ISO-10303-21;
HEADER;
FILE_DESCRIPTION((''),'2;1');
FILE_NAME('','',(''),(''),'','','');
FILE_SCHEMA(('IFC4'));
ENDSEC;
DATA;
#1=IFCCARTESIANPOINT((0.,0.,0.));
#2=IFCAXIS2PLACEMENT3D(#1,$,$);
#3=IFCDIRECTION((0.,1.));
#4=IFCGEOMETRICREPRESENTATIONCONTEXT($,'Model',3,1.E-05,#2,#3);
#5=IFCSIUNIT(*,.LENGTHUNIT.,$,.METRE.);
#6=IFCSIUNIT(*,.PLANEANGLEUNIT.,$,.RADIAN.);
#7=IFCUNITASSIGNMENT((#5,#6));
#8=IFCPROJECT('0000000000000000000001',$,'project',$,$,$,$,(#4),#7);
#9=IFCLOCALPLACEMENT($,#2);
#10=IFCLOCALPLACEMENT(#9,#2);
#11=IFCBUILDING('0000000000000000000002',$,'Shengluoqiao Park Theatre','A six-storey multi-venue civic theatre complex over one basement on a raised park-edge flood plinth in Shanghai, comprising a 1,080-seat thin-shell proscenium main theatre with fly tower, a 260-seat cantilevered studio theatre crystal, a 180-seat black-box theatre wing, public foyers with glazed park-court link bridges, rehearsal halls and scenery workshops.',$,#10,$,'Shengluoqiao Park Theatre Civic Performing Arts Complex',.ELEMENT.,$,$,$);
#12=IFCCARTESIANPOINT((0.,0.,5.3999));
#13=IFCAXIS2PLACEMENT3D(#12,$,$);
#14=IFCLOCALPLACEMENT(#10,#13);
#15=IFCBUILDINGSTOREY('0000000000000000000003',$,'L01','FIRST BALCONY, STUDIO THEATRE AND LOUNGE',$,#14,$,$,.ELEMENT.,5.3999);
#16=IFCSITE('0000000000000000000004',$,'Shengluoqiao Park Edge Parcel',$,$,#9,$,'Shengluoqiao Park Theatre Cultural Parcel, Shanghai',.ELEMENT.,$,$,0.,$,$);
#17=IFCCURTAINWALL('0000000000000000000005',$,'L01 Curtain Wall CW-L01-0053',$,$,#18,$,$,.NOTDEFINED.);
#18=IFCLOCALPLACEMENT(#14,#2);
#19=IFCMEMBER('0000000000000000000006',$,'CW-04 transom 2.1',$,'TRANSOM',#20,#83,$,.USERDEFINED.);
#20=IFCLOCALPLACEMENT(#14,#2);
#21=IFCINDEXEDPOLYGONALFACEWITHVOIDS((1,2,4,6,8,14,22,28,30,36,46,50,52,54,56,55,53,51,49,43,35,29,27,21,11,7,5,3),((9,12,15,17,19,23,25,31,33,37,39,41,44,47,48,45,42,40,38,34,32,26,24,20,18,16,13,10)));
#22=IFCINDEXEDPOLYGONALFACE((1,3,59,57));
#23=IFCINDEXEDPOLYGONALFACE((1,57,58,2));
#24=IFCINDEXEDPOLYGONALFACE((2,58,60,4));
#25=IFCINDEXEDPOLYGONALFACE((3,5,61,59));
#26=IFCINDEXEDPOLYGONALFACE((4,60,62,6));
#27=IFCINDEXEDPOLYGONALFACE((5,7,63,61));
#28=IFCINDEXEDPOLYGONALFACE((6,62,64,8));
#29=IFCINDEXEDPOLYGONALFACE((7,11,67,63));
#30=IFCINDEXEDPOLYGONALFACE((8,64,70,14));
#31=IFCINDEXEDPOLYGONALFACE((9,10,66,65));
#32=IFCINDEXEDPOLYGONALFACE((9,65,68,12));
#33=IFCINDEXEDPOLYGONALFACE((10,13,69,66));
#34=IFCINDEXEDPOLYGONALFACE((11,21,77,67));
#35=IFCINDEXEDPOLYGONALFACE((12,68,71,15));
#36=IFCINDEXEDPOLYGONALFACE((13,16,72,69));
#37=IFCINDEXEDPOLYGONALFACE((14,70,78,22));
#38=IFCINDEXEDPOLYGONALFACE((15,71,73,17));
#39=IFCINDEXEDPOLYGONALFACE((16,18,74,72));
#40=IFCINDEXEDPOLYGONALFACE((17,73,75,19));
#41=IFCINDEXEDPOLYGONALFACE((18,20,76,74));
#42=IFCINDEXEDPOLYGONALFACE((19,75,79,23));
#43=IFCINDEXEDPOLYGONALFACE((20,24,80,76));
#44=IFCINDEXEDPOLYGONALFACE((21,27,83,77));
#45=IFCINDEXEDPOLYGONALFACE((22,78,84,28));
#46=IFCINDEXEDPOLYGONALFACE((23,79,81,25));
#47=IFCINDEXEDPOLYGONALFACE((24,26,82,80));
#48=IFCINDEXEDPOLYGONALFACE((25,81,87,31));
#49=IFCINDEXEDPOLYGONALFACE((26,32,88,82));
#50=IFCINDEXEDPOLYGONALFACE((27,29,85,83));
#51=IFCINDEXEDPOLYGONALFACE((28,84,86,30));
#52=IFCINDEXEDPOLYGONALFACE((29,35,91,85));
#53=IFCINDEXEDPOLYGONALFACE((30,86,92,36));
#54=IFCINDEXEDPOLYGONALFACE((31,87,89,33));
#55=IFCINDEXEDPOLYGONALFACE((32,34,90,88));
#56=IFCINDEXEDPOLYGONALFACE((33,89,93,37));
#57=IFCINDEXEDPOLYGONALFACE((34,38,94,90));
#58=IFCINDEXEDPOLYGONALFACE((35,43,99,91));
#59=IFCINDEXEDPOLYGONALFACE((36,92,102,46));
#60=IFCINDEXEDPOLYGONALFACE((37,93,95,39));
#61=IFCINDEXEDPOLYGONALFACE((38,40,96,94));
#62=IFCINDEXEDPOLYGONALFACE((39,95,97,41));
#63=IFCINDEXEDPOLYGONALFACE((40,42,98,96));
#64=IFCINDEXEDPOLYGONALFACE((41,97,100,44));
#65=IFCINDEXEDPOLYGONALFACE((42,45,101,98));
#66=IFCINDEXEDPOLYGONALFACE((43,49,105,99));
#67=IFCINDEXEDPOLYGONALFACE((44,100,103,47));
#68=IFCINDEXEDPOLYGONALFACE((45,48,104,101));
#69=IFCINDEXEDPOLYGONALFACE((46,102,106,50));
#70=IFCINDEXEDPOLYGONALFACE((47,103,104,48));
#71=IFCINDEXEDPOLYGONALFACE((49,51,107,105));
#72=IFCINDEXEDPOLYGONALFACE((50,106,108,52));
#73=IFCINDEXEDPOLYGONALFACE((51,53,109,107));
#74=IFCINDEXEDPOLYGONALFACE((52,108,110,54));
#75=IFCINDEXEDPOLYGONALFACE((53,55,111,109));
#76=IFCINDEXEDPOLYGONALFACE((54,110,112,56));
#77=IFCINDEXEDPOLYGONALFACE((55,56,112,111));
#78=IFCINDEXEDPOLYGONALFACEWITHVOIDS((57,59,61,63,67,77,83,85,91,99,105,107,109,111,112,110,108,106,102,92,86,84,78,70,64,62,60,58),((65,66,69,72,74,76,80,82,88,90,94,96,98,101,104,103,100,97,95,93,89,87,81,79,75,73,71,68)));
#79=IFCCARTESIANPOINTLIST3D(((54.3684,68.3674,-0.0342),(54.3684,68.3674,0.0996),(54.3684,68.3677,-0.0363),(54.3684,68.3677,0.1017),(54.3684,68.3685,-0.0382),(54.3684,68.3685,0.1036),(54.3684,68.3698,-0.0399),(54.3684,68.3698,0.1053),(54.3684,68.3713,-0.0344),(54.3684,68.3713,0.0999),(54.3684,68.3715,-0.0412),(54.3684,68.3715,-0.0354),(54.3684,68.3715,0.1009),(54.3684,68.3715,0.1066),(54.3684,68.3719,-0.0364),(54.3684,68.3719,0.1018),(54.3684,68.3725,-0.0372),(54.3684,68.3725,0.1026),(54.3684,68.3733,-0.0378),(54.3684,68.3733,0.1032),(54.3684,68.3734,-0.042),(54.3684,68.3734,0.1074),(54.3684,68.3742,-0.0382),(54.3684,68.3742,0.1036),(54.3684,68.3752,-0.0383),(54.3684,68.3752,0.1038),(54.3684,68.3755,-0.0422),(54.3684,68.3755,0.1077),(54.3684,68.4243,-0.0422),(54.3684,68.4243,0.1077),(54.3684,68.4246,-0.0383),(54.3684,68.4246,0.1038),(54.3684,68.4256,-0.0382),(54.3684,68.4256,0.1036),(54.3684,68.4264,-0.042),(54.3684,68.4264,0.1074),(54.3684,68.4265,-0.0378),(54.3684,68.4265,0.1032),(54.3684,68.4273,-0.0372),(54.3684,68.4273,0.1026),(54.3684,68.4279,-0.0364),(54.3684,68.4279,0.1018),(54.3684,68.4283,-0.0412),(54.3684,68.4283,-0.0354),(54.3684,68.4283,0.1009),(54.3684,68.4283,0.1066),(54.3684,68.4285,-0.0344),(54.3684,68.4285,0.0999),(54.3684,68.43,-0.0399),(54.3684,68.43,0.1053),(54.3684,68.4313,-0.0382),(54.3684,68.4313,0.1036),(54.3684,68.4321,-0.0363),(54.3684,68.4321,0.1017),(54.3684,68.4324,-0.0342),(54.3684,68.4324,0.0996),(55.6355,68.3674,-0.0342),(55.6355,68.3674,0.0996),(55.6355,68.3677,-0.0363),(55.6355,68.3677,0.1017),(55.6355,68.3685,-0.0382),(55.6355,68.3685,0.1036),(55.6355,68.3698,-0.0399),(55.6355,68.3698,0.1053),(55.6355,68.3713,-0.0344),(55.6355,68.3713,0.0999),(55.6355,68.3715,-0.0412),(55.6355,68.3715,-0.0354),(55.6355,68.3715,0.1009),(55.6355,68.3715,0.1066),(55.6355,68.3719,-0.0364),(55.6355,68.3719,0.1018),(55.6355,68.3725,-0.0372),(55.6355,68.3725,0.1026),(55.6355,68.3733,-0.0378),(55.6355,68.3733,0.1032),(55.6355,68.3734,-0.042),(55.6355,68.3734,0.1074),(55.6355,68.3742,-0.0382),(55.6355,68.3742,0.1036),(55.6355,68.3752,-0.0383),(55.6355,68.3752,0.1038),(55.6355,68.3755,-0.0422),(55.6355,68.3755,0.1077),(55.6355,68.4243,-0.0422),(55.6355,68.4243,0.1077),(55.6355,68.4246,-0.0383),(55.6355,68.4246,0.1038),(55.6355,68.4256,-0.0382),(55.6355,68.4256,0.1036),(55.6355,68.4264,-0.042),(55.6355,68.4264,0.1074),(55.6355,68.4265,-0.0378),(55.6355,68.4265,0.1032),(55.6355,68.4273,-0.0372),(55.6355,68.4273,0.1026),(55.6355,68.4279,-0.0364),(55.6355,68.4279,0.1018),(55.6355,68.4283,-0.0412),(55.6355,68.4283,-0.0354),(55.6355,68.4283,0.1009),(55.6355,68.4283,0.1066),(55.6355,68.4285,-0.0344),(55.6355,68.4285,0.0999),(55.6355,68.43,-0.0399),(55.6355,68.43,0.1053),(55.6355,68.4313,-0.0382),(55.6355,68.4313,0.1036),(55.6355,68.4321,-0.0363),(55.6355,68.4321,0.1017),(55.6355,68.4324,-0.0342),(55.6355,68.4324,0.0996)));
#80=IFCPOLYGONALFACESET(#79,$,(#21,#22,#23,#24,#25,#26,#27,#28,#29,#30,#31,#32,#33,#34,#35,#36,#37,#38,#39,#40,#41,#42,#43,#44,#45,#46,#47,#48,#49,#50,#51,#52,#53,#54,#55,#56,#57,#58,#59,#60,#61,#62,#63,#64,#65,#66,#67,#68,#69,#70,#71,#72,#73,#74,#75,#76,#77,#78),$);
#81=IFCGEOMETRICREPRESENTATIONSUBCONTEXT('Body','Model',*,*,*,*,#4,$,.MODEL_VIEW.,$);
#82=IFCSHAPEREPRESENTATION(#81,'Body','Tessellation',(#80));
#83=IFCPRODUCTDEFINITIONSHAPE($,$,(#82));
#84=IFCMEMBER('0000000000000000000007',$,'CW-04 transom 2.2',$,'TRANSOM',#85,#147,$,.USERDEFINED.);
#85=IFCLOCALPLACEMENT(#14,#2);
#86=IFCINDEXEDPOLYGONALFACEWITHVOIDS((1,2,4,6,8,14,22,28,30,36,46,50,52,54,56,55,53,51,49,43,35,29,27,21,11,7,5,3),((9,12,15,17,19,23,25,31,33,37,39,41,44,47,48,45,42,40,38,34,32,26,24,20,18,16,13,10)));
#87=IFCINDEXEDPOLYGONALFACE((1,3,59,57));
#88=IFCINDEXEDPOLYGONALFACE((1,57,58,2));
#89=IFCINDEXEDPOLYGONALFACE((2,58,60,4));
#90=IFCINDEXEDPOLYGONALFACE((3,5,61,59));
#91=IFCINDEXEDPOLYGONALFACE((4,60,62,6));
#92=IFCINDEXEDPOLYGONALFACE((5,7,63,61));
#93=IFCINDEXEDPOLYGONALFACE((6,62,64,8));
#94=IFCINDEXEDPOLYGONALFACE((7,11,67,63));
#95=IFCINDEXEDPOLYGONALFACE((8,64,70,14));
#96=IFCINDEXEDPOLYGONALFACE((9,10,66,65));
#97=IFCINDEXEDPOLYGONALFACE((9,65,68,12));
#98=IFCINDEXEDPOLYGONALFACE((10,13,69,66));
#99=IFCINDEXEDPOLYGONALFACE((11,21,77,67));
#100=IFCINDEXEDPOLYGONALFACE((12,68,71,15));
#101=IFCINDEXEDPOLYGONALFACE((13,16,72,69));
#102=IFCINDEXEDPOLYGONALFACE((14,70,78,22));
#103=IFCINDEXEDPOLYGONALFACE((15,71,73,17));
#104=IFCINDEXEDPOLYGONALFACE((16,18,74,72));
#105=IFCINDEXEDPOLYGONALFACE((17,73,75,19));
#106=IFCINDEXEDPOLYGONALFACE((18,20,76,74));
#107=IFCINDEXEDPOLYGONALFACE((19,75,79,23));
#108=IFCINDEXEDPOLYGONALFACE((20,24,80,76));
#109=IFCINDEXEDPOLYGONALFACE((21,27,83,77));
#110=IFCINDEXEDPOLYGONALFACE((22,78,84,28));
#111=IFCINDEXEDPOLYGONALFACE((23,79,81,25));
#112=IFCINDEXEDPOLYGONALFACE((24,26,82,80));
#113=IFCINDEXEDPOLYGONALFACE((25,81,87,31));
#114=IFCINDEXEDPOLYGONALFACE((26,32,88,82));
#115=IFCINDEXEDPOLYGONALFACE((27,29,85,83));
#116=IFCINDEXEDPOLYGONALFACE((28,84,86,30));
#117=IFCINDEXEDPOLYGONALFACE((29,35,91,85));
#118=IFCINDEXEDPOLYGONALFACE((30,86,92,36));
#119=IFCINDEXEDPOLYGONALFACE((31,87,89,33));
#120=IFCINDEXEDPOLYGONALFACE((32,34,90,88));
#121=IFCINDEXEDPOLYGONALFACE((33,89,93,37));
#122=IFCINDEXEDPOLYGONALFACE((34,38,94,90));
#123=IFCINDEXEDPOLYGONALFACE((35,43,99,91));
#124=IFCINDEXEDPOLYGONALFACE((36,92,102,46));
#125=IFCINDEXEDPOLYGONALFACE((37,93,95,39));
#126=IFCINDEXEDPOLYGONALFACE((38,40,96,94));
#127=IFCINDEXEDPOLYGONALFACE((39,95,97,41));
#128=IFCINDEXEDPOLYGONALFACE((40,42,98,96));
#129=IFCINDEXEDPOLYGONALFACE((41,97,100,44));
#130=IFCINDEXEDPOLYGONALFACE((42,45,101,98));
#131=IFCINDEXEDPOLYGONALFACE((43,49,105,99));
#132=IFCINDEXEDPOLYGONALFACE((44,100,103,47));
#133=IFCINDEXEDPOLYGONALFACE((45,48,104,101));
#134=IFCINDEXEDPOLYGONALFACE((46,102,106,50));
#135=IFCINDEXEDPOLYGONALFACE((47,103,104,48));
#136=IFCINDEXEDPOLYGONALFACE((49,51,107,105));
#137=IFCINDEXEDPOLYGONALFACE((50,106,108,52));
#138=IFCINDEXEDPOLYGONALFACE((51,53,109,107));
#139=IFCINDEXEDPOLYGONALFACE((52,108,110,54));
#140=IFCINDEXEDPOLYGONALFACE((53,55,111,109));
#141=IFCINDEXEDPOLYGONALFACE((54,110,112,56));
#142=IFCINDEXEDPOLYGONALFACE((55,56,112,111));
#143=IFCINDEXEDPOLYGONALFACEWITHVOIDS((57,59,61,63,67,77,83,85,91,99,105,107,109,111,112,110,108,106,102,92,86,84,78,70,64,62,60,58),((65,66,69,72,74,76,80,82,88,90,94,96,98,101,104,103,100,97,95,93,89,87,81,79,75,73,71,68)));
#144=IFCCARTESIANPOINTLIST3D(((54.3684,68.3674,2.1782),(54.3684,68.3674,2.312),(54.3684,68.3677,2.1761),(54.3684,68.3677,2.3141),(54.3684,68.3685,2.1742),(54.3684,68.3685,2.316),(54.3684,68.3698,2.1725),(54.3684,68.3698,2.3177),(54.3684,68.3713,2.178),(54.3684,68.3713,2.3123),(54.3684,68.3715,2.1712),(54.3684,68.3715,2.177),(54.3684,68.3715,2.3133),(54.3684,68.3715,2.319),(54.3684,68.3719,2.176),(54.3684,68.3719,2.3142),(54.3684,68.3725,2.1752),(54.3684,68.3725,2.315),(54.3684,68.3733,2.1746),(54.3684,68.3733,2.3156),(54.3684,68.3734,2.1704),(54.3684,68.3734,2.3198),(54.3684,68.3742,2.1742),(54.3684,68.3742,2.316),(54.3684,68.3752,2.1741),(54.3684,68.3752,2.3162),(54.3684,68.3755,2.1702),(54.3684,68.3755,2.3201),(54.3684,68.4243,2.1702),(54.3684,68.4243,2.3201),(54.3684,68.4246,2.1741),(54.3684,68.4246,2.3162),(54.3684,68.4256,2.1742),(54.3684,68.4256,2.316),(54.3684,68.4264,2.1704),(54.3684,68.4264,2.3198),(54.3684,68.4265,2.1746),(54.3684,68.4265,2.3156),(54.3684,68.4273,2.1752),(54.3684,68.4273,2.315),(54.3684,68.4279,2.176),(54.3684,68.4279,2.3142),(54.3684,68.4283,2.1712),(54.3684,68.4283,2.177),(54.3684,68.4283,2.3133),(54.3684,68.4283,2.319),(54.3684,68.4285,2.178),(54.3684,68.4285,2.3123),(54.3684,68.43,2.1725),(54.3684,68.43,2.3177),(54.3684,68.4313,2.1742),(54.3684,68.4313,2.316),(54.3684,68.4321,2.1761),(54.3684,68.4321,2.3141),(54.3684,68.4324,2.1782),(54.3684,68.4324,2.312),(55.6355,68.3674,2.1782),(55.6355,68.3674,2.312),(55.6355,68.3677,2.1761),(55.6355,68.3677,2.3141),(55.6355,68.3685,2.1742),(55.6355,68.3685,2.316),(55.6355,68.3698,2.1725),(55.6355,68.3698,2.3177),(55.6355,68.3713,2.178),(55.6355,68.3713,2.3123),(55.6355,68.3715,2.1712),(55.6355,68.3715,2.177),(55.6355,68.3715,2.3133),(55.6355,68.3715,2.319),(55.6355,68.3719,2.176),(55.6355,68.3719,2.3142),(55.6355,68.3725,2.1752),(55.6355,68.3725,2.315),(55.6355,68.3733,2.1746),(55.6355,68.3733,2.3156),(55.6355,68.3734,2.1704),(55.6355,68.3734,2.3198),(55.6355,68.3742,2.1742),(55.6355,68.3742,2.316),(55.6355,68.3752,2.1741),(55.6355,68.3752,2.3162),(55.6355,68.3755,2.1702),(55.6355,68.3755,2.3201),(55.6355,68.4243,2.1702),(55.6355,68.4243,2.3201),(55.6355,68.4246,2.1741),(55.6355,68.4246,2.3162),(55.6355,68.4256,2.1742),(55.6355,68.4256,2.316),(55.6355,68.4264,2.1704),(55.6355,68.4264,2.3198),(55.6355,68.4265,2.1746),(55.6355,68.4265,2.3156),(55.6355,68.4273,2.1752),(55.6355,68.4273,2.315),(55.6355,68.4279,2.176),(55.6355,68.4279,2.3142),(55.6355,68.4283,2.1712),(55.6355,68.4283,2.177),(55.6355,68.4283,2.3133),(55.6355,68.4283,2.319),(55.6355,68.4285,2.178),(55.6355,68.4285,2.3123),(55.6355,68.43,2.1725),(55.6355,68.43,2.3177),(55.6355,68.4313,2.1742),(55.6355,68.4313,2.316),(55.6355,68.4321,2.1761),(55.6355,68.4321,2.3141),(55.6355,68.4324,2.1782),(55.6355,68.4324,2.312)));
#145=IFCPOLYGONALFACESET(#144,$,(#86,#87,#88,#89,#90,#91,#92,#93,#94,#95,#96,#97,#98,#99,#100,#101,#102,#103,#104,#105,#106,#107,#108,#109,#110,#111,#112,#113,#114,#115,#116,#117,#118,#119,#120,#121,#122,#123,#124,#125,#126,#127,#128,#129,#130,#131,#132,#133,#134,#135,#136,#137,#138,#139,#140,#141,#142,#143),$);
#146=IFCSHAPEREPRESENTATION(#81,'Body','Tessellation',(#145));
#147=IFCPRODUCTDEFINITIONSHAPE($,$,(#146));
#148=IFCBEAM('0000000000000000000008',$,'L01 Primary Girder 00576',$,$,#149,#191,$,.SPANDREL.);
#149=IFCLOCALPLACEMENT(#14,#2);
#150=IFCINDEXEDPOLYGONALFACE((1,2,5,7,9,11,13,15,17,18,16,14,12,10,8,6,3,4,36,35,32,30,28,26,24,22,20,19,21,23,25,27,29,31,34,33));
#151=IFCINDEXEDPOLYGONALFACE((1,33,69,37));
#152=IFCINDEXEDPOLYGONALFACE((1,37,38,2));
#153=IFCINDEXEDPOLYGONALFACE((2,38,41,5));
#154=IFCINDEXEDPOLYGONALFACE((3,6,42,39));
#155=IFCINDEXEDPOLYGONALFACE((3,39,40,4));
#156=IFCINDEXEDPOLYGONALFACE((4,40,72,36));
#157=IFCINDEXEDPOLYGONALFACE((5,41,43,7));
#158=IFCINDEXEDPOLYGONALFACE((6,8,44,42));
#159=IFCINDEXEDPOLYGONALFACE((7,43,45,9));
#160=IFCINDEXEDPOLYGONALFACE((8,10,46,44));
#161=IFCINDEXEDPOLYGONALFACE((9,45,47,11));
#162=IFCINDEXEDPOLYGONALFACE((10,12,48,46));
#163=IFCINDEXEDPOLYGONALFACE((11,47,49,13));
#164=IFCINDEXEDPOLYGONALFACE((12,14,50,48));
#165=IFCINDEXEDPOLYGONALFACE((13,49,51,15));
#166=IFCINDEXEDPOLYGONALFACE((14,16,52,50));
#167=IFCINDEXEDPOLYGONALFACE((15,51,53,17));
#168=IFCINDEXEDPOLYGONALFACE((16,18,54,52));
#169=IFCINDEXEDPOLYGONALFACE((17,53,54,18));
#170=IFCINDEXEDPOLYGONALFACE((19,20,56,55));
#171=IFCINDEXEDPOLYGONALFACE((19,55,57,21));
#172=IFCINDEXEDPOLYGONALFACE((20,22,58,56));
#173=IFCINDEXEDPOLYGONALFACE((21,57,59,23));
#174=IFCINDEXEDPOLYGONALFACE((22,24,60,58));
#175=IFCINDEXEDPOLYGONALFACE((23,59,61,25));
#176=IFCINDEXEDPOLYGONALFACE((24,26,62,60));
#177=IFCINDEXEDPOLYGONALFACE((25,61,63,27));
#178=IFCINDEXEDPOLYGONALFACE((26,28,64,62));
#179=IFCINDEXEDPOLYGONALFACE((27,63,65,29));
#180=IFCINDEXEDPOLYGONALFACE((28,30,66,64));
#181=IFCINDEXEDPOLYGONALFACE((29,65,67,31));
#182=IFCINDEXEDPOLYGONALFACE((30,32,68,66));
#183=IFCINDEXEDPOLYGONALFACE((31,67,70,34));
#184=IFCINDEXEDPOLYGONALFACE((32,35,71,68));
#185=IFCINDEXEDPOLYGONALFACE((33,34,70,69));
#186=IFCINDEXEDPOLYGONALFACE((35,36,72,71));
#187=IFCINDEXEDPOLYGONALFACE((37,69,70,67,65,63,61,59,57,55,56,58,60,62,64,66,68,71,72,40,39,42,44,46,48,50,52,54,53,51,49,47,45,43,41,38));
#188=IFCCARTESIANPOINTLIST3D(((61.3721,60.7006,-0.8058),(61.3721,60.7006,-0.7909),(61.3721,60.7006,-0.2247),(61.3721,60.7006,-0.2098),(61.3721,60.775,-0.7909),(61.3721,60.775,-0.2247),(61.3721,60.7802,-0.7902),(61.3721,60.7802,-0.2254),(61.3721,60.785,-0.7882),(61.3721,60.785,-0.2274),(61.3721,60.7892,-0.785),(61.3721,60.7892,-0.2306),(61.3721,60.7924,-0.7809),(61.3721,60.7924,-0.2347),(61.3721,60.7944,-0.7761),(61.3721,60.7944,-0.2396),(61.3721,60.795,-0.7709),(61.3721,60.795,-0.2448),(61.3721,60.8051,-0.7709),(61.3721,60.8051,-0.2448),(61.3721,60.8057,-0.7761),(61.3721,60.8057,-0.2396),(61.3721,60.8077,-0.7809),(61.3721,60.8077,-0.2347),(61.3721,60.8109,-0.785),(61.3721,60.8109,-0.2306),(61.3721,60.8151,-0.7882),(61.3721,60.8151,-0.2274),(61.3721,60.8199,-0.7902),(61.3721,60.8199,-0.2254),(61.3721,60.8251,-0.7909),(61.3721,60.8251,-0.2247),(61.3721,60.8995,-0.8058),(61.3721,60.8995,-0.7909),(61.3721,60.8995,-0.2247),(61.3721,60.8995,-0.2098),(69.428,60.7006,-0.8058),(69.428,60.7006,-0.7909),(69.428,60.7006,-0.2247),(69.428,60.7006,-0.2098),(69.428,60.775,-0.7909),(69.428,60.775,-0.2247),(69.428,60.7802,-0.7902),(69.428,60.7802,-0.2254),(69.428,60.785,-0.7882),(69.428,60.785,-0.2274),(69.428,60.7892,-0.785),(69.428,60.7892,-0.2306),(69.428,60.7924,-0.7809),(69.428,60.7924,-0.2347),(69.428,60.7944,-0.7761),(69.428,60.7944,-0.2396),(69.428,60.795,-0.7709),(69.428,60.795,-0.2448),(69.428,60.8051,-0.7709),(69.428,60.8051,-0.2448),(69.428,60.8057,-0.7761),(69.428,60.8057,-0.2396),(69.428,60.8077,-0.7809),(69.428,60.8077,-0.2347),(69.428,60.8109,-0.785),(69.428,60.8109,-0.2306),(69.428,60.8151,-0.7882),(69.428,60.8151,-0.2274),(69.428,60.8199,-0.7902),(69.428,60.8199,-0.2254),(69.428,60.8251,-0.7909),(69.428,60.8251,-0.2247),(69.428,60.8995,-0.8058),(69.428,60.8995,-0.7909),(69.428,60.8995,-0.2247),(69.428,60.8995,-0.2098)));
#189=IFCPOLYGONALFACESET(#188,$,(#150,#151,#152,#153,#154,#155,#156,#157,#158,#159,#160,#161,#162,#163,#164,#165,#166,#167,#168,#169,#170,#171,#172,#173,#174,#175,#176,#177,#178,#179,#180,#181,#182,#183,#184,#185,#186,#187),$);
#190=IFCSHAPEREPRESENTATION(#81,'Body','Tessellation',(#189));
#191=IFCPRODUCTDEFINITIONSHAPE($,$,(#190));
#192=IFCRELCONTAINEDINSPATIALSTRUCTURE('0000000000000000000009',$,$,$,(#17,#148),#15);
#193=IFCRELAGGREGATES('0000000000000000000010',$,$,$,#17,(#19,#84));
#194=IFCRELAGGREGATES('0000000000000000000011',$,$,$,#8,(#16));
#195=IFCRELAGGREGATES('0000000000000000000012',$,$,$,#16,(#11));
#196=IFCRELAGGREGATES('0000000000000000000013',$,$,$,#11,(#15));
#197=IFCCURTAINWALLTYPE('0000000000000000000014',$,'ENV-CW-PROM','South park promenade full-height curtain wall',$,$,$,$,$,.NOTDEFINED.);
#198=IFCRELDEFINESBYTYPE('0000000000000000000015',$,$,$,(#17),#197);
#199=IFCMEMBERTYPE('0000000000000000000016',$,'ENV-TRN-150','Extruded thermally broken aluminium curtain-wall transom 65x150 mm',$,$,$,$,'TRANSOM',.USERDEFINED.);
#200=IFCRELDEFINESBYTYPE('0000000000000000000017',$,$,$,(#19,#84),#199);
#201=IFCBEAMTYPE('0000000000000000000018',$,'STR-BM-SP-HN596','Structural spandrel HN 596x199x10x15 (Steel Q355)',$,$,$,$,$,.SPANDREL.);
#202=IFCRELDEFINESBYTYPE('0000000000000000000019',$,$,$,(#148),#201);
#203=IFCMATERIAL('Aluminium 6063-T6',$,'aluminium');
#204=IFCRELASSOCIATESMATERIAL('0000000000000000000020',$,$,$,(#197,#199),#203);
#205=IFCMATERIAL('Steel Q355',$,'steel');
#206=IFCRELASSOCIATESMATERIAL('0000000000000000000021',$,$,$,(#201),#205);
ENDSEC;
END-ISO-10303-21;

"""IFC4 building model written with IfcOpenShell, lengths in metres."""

from ifc_helpers import new_model, si_unit, direction, frame, origin, origin_2d, place, context, subcontext, project, spatial, hollow_rectangle, i_section, extrude, material, material_profile, profile_set, type_object, element, aggregate, save


model = new_model("IFC4")

# Units and contexts
model_context = context("Model", 3, precision=1e-05, world=origin(), true_north=direction((0.0, 1.0)))
body_context = subcontext(model_context, "Body", "Model", "MODEL_VIEW")
ifc_project = project(units=[si_unit("LENGTHUNIT", "METRE"), si_unit("PLANEANGLEUNIT", "RADIAN")], contexts=[model_context])

# Site, building, storey
site_placement = place(None, origin())
site = spatial("IfcSite", under=ifc_project, at=site_placement, Name="Shengluoqiao Park Edge Parcel", LongName="Shengluoqiao Park Theatre Cultural Parcel, Shanghai", CompositionType="ELEMENT", RefElevation=0.0)
building_placement = place(site_placement, origin())
building = spatial("IfcBuilding", under=site, at=building_placement, Name="Shengluoqiao Park Theatre", Description="A six-storey multi-venue civic theatre complex over one basement on a raised park-edge flood plinth in Shanghai, comprising a 1,080-seat thin-shell proscenium main theatre with fly tower, a 260-seat cantilevered studio theatre crystal, a 180-seat black-box theatre wing, public foyers with glazed park-court link bridges, rehearsal halls and scenery workshops.", LongName="Shengluoqiao Park Theatre Civic Performing Arts Complex", CompositionType="ELEMENT")
storey_placement = place(building_placement, frame((0.0, 0.0, 5.3999)))
storey = spatial("IfcBuildingStorey", under=building, at=storey_placement, Name="L01", Description="FIRST BALCONY, STUDIO THEATRE AND LOUNGE", CompositionType="ELEMENT", Elevation=5.3999)

# Shared definitions
ifc_material_1 = material(Name="Steel Q355", Category="steel")

# Shared definitions
ifc_material_2 = material(Name="Aluminium 6063-T6", Category="aluminium")

# Curtain wall
curtain_wall_type_1 = type_object("IfcCurtainWallType", Name="ENV-CW-PROM", Description="South park promenade full-height curtain wall", PredefinedType="NOTDEFINED", material=ifc_material_2)
curtain_wall_1_placement = place(storey_placement, origin())
curtain_wall_1 = element("IfcCurtainWall", 1, at=curtain_wall_1_placement, inside=storey, type_object=curtain_wall_type_1, Name="L01 Curtain Wall CW-L01-0053", PredefinedType="NOTDEFINED")

# Members
ifc_material_profile_1 = material_profile(ifc_material_2, hollow_rectangle(XDim=0.0649, YDim=0.1499, WallThickness=0.0039, InnerFilletRadius=0.0039, OuterFilletRadius=0.0081, at=origin_2d()), Name="ALU TRANSOM 150x65x4")
ifc_profile_set_1 = profile_set([ifc_material_profile_1], Name="Aluminium 6063-T6")
member_type_1 = type_object("IfcMemberType", Name="ENV-TRN-150", Description="Extruded thermally broken aluminium curtain-wall transom 65x150 mm", ElementType="TRANSOM", PredefinedType="USERDEFINED", material=ifc_profile_set_1)
member_1_placement = place(storey_placement, frame((54.3684, 68.3999, 0.0327), z_axis=(1.0, 0.0, 0.0), x_axis=(0.0, 1.0, 0.0)))
member_1 = element("IfcMember", 2, at=member_1_placement, type_object=member_type_1, Name="CW-04 transom 2.1", ObjectType="TRANSOM", PredefinedType="USERDEFINED", context=body_context, shape_type="SweptSolid", body=[
    extrude(hollow_rectangle(XDim=0.0649, YDim=0.1499, WallThickness=0.0039, InnerFilletRadius=0.0039, OuterFilletRadius=0.0081, at=origin_2d()), origin(), (0.0, 0.0, 1.0), 1.2671),
])
member_2_placement = place(storey_placement, frame((54.3684, 68.3999, 2.2451), z_axis=(1.0, 0.0, 0.0), x_axis=(0.0, 1.0, 0.0)))
member_2 = element("IfcMember", 3, at=member_2_placement, type_object=member_type_1, Name="CW-04 transom 2.2", ObjectType="TRANSOM", PredefinedType="USERDEFINED", context=body_context, shape_type="SweptSolid", body=[
    extrude(hollow_rectangle(XDim=0.0649, YDim=0.1499, WallThickness=0.0039, InnerFilletRadius=0.0039, OuterFilletRadius=0.0081, at=origin_2d()), origin(), (0.0, 0.0, 1.0), 1.2671),
])
aggregate(curtain_wall_1, [member_1, member_2])

# Beam
ifc_material_profile_2 = material_profile(ifc_material_1, i_section(OverallWidth=0.199, OverallDepth=0.5959, WebThickness=0.01, FlangeThickness=0.0149, FilletRadius=0.02, at=origin_2d()), Name="HN 596x199x10x15")
ifc_profile_set_2 = profile_set([ifc_material_profile_2], Name="Steel Q355")
beam_type = type_object("IfcBeamType", Name="STR-BM-SP-HN596", Description="Structural spandrel HN 596x199x10x15 (Steel Q355)", PredefinedType="SPANDREL", material=ifc_profile_set_2)
beam_placement = place(storey_placement, frame((61.3721, 60.8, -0.5078), z_axis=(1.0, 0.0, 0.0), x_axis=(0.0, 1.0, 0.0)))
element("IfcBeam", 4, at=beam_placement, inside=storey, type_object=beam_type, Name="L01 Primary Girder 00576", PredefinedType="SPANDREL", context=body_context, shape_type="SweptSolid", body=[
    extrude(i_section(OverallWidth=0.199, OverallDepth=0.5959, WebThickness=0.01, FlangeThickness=0.0149, FilletRadius=0.02, at=origin_2d()), origin(), (0.0, 0.0, 1.0), 8.0559),
])

save(model, "model.ifc")
